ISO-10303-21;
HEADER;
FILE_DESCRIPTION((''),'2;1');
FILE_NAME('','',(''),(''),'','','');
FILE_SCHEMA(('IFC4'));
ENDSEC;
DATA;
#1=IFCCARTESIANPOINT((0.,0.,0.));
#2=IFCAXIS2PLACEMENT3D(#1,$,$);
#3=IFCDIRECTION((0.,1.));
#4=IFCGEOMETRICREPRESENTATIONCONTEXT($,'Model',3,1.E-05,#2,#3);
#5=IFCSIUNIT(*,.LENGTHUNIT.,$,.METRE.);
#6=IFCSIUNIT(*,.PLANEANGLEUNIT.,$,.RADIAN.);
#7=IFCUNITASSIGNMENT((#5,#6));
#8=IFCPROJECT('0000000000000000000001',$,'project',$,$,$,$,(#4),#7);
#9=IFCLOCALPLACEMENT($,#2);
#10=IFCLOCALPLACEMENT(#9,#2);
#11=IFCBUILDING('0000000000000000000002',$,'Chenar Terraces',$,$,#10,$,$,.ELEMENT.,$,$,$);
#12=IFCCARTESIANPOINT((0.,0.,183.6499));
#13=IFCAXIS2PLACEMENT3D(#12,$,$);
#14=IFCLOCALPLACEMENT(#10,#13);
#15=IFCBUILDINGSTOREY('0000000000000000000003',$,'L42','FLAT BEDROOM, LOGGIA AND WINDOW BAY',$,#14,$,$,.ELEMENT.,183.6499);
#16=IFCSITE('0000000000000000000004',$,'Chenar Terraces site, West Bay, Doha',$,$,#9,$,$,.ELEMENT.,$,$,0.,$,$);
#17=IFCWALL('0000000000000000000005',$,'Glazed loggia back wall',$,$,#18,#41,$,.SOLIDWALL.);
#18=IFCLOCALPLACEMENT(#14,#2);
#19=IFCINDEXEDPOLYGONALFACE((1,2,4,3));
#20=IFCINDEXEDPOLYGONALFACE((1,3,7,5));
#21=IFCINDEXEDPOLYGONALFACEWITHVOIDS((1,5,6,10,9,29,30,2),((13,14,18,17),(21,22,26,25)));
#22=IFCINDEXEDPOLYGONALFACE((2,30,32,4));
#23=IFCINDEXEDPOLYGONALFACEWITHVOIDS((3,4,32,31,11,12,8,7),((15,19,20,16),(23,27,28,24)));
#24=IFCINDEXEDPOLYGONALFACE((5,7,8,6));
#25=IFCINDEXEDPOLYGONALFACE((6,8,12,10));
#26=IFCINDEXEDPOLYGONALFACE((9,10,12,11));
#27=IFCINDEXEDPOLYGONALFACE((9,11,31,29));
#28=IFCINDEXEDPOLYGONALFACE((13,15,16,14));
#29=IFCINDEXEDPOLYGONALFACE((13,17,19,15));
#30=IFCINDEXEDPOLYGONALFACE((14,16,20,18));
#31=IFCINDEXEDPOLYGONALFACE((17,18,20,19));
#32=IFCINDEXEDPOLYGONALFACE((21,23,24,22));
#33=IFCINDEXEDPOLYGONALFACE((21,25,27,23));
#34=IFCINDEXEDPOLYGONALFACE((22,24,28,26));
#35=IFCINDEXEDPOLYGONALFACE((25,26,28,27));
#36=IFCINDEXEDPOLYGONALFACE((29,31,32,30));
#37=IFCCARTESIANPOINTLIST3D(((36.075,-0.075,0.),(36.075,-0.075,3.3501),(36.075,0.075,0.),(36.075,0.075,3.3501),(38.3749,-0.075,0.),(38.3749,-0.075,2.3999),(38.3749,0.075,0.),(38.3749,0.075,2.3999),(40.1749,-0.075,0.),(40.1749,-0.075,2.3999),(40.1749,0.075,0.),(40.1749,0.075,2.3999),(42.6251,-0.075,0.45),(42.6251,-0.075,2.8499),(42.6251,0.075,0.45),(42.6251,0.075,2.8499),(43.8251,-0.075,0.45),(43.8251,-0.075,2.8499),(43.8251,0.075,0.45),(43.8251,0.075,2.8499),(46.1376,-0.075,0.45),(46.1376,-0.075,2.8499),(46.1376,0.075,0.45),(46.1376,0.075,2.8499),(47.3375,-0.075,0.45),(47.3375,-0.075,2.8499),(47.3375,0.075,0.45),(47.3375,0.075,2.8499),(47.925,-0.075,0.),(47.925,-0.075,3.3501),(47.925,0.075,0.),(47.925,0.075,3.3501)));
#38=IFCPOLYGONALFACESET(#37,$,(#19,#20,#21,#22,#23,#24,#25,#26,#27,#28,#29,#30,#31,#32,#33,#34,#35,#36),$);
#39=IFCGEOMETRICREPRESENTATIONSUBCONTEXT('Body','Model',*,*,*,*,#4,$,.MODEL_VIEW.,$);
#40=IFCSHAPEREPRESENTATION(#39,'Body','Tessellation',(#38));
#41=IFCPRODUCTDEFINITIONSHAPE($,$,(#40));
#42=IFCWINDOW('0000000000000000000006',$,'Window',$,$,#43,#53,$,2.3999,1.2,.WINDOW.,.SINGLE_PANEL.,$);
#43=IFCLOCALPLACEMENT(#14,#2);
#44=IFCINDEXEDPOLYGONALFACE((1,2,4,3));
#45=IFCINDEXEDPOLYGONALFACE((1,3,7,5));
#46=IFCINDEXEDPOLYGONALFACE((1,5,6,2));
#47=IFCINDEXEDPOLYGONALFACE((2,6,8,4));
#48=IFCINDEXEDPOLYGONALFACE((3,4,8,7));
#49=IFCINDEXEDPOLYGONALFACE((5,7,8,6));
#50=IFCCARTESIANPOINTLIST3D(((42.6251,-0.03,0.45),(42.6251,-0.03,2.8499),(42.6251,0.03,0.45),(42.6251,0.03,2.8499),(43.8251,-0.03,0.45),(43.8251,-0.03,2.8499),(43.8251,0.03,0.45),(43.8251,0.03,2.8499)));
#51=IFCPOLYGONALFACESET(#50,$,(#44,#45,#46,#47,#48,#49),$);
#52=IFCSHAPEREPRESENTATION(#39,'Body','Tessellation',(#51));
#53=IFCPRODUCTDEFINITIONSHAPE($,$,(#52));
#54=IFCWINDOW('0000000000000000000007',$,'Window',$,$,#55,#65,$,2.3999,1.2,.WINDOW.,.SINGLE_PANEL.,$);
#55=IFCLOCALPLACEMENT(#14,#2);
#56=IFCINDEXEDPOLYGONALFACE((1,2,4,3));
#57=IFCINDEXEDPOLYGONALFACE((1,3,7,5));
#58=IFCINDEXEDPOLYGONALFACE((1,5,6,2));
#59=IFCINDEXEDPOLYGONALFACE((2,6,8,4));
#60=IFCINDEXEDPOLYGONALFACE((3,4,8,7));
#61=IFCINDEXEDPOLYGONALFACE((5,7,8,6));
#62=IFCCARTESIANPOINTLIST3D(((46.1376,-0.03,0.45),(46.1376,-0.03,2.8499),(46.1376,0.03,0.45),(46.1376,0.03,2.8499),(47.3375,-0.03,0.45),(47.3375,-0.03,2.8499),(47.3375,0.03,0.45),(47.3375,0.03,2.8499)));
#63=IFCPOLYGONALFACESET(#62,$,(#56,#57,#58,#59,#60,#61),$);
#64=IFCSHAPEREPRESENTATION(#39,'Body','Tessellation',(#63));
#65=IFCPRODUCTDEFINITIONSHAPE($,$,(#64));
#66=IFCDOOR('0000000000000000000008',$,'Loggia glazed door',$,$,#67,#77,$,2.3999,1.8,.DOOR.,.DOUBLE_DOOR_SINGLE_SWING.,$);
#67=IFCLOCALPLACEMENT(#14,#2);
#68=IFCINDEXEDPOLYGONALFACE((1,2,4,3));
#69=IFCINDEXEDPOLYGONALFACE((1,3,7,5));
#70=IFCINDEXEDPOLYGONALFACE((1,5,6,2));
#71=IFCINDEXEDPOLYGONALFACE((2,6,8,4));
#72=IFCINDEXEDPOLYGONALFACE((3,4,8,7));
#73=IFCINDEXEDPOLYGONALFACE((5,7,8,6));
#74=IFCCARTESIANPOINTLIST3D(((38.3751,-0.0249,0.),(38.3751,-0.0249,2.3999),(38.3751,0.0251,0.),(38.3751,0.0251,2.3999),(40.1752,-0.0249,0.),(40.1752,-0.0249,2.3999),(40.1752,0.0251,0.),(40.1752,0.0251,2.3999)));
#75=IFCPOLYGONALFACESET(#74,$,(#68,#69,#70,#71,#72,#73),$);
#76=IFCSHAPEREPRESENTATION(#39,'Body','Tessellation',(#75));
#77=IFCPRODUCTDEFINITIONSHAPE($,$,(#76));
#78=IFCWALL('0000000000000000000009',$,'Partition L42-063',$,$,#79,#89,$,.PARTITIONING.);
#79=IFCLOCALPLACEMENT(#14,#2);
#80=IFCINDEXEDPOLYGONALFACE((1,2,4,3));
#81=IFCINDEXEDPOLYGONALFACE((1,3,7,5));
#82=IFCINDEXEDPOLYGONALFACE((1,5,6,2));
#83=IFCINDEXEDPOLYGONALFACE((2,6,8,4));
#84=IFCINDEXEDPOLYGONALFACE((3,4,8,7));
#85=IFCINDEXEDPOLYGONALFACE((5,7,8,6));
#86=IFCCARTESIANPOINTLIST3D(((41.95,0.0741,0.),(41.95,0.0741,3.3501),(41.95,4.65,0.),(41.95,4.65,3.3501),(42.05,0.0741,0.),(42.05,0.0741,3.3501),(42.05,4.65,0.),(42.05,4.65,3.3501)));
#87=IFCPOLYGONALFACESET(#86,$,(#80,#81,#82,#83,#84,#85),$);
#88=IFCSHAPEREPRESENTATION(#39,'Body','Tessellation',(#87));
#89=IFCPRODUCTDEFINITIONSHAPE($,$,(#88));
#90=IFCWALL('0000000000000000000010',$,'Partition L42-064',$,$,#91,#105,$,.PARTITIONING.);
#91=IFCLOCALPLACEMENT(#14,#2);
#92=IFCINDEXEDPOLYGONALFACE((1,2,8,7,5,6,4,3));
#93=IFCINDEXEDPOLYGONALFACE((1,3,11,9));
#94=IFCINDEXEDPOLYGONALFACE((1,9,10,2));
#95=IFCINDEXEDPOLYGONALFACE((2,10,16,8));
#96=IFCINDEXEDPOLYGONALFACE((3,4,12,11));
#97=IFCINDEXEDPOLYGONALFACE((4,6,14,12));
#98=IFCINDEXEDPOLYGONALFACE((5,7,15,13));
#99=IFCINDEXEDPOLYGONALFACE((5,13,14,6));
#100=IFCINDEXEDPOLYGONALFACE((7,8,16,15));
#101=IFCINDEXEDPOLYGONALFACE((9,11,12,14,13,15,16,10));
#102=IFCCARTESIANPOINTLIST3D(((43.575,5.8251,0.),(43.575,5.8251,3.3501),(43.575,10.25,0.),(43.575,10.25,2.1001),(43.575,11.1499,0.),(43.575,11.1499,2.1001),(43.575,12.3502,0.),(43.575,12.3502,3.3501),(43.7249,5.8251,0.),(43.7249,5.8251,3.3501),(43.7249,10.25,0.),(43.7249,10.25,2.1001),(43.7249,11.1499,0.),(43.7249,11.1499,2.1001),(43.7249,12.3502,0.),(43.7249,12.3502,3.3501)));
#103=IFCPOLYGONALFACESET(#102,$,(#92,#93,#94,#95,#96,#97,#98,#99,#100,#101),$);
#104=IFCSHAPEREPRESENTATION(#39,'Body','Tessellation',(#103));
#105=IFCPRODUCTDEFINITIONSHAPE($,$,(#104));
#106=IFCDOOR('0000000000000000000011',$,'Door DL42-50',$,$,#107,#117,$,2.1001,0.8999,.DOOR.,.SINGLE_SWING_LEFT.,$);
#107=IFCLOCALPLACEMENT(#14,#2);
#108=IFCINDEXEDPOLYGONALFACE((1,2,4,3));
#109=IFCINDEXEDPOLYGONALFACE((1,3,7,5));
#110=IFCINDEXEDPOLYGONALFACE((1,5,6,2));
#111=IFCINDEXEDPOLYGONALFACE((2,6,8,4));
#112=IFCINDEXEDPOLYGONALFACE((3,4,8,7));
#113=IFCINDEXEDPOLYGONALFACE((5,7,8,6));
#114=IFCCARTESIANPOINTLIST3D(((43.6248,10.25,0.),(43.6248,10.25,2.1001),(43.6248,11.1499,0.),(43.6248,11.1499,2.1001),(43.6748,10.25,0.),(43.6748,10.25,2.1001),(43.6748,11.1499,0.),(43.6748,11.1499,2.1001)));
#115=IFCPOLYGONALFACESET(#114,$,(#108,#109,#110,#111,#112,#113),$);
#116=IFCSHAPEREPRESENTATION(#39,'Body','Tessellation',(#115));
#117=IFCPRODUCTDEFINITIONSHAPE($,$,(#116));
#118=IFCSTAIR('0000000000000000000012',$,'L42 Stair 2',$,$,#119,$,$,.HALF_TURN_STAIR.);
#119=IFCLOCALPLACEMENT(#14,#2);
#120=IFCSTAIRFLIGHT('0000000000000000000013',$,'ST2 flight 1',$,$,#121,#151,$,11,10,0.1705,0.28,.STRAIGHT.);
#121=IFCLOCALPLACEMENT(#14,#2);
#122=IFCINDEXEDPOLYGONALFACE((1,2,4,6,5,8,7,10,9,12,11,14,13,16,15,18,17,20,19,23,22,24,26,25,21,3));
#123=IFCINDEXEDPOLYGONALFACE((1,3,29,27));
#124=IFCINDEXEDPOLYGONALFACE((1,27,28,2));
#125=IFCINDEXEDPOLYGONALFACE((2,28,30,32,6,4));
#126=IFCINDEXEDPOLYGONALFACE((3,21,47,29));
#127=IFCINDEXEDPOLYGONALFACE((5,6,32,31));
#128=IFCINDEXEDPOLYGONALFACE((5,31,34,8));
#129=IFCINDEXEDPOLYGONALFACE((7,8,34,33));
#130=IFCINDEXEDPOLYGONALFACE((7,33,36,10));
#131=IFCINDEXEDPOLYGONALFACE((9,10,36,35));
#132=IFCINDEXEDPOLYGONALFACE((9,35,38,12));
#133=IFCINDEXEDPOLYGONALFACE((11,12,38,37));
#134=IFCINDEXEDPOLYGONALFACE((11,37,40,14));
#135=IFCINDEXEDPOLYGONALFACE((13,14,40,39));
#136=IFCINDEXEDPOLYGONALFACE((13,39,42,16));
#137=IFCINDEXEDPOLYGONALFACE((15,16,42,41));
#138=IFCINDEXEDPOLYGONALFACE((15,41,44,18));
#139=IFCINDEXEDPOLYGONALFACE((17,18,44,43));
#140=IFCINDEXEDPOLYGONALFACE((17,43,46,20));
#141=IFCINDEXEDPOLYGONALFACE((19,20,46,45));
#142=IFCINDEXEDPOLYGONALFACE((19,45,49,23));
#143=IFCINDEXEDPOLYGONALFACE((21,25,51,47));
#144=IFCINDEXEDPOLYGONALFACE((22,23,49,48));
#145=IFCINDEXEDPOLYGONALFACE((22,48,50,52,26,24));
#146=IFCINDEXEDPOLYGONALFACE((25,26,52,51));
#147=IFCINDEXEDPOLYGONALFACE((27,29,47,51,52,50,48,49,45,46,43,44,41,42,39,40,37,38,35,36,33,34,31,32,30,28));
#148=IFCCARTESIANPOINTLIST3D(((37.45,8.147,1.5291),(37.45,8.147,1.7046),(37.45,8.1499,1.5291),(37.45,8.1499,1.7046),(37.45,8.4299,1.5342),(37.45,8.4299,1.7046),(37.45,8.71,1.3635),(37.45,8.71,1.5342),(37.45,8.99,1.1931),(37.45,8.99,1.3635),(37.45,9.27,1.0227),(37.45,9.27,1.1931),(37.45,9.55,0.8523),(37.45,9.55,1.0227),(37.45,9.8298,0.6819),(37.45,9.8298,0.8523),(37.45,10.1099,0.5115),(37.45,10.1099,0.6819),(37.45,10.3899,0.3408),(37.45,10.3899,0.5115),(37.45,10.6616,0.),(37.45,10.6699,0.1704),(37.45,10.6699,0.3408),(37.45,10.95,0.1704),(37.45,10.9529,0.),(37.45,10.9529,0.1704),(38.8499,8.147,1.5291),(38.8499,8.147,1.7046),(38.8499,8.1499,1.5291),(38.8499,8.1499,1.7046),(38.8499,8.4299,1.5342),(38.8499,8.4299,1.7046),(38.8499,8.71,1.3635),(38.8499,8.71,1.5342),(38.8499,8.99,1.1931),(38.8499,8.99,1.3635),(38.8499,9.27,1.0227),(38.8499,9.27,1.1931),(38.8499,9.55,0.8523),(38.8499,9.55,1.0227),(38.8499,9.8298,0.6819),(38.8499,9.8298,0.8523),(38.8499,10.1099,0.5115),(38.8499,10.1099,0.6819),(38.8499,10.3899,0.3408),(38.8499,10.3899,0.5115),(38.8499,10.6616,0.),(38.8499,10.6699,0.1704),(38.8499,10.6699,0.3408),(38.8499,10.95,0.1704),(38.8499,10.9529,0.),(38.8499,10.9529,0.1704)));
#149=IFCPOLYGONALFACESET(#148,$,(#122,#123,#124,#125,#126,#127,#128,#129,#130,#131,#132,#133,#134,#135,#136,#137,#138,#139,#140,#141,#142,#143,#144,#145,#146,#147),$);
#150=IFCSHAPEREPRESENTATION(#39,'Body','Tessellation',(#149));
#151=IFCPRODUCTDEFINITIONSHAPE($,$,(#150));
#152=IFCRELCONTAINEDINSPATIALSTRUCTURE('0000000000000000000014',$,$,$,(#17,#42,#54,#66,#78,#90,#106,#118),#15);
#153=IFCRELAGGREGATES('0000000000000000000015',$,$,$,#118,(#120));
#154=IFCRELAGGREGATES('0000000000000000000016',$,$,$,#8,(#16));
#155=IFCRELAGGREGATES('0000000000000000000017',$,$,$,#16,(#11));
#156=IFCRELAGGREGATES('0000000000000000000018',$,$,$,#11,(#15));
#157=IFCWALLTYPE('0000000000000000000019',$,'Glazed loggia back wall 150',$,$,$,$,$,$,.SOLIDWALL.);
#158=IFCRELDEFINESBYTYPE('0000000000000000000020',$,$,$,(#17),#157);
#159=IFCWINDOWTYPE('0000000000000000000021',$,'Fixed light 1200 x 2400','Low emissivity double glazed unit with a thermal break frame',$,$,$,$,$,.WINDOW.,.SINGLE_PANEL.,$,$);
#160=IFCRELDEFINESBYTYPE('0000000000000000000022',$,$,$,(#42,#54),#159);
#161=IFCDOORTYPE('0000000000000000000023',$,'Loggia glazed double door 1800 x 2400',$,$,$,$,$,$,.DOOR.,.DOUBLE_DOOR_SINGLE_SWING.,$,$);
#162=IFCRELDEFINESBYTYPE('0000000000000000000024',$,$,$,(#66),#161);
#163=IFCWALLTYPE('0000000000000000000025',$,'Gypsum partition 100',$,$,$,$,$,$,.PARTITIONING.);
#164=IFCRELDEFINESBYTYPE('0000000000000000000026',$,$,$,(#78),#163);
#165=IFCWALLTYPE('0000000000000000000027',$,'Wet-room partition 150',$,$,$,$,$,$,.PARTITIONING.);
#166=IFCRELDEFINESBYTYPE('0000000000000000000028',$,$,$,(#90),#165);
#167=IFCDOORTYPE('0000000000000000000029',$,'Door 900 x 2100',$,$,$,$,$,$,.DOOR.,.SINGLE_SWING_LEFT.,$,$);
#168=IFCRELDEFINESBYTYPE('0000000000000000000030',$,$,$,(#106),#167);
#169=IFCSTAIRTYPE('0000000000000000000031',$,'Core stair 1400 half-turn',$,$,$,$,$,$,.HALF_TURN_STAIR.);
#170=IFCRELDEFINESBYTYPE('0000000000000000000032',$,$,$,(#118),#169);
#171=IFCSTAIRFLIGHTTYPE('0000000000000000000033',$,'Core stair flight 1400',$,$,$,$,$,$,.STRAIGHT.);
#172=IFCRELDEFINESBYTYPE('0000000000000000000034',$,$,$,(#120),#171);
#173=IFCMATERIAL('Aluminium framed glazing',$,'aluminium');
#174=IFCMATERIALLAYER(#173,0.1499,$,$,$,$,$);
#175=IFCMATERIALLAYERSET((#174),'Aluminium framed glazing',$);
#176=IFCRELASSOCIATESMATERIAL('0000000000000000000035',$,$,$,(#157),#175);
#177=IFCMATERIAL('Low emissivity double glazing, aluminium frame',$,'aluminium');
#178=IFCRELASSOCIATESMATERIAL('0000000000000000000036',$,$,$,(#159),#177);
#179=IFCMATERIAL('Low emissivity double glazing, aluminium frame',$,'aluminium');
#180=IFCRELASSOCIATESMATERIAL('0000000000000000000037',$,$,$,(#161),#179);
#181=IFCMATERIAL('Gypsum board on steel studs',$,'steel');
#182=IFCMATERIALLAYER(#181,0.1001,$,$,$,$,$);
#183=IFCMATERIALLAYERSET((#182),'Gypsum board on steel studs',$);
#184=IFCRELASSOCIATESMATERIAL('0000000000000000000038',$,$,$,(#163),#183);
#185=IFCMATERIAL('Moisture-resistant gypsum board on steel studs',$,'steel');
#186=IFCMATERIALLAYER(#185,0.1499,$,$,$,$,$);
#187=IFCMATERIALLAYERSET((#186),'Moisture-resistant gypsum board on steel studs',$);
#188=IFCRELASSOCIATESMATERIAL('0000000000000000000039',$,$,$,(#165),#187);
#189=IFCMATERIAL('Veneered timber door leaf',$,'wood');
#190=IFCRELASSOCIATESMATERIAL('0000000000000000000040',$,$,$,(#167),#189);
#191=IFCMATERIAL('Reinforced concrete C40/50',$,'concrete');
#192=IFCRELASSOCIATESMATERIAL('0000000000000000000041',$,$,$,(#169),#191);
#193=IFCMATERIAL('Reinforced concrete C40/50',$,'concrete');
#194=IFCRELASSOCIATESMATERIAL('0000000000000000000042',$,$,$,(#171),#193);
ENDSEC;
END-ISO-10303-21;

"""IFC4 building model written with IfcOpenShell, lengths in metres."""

from ifc_helpers import new_model, si_unit, direction, frame, frame_2d, origin, place, context, subcontext, project, spatial, polyline, rectangle, outline, extrude, material, layer, layer_set, type_object, element, fill, aggregate, save


model = new_model("IFC4")

# Units and contexts
model_context = context("Model", 3, precision=1e-05, world=origin(), true_north=direction((0.0, 1.0)))
body_context = subcontext(model_context, "Body", "Model", "MODEL_VIEW")
ifc_project = project(units=[si_unit("LENGTHUNIT", "METRE"), si_unit("PLANEANGLEUNIT", "RADIAN")], contexts=[model_context])

# Site, building, storey
site_placement = place(None, origin())
site = spatial("IfcSite", under=ifc_project, at=site_placement, Name="Chenar Terraces site, West Bay, Doha", CompositionType="ELEMENT", RefElevation=0.0)
building_placement = place(site_placement, origin())
building = spatial("IfcBuilding", under=site, at=building_placement, Name="Chenar Terraces", CompositionType="ELEMENT")
storey_placement = place(building_placement, frame((0.0, 0.0, 183.6499)))
storey = spatial("IfcBuildingStorey", under=building, at=storey_placement, Name="L42", Description="FLAT BEDROOM, LOGGIA AND WINDOW BAY", CompositionType="ELEMENT", Elevation=183.6499)

# Wall, openings, windows, door
ifc_material_1 = material(Name="Aluminium framed glazing", Category="aluminium")
ifc_layer_1 = layer(ifc_material_1, 0.1499)
ifc_layer_set_1 = layer_set([ifc_layer_1], Name="Aluminium framed glazing")
wall_type_1 = type_object("IfcWallType", Name="Glazed loggia back wall 150", PredefinedType="SOLIDWALL", material=ifc_layer_set_1)
wall_1_placement = place(storey_placement, frame((36.075, 0.0, 0.0), z_axis=(0.0, 0.0, 1.0), x_axis=(1.0, 0.0, 0.0)))
wall_1 = element("IfcWall", 1, at=wall_1_placement, inside=storey, type_object=wall_type_1, Name="Glazed loggia back wall", PredefinedType="SOLIDWALL", context=body_context, shape_type="SweptSolid", body=[
    extrude(rectangle(XDim=11.8501, YDim=0.1499, at=frame_2d((5.925, 0.0))), origin(), (0.0, 0.0, 1.0), 3.3501),
])
opening_1_placement = place(wall_1_placement, frame((2.3, 0.0, 0.0)))
opening_1 = element("IfcOpeningElement", 2, at=opening_1_placement, cuts=wall_1, PredefinedType="OPENING", context=body_context, shape_type="SweptSolid", body=[
    extrude(rectangle(XDim=1.8, YDim=2.3999, at=frame_2d((0.8999, 1.2))), frame((0.0, 0.085, 0.0), z_axis=(0.0, -1.0, 0.0), x_axis=(1.0, 0.0, 0.0)), (0.0, 0.0, 1.0), 0.1699),
])
opening_2_placement = place(wall_1_placement, frame((6.55, 0.0, 0.45)))
opening_2 = element("IfcOpeningElement", 3, at=opening_2_placement, cuts=wall_1, PredefinedType="OPENING", context=body_context, shape_type="SweptSolid", body=[
    extrude(rectangle(XDim=1.2, YDim=2.3999, at=frame_2d((0.6001, 1.2))), frame((0.0, 0.085, 0.0), z_axis=(0.0, -1.0, 0.0), x_axis=(1.0, 0.0, 0.0)), (0.0, 0.0, 1.0), 0.1699),
])
opening_3_placement = place(wall_1_placement, frame((10.0625, 0.0, 0.45)))
opening_3 = element("IfcOpeningElement", 4, at=opening_3_placement, cuts=wall_1, PredefinedType="OPENING", context=body_context, shape_type="SweptSolid", body=[
    extrude(rectangle(XDim=1.2, YDim=2.3999, at=frame_2d((0.6001, 1.2))), frame((0.0, 0.085, 0.0), z_axis=(0.0, -1.0, 0.0), x_axis=(1.0, 0.0, 0.0)), (0.0, 0.0, 1.0), 0.1699),
])
ifc_material_2 = material(Name="Low emissivity double glazing, aluminium frame", Category="aluminium")
window_type = type_object("IfcWindowType", Name="Fixed light 1200 x 2400", Description="Low emissivity double glazed unit with a thermal break frame", PartitioningType="SINGLE_PANEL", PredefinedType="WINDOW", material=ifc_material_2)
window_1_placement = place(opening_2_placement, origin())
window_1 = element("IfcWindow", 5, at=window_1_placement, inside=storey, type_object=window_type, Name="Window", OverallHeight=2.3999, OverallWidth=1.2, PartitioningType="SINGLE_PANEL", PredefinedType="WINDOW", context=body_context, shape_type="SweptSolid", body=[
    extrude(rectangle(XDim=1.2, YDim=2.3999, at=frame_2d((0.6001, 1.2))), frame((0.0, 0.03, 0.0), z_axis=(0.0, -1.0, 0.0), x_axis=(1.0, 0.0, 0.0)), (0.0, 0.0, 1.0), 0.0601),
])
fill(opening_2, window_1)
window_2_placement = place(opening_3_placement, origin())
window_2 = element("IfcWindow", 6, at=window_2_placement, inside=storey, type_object=window_type, Name="Window", OverallHeight=2.3999, OverallWidth=1.2, PartitioningType="SINGLE_PANEL", PredefinedType="WINDOW", context=body_context, shape_type="SweptSolid", body=[
    extrude(rectangle(XDim=1.2, YDim=2.3999, at=frame_2d((0.6001, 1.2))), frame((0.0, 0.03, 0.0), z_axis=(0.0, -1.0, 0.0), x_axis=(1.0, 0.0, 0.0)), (0.0, 0.0, 1.0), 0.0601),
])
fill(opening_3, window_2)
ifc_material_3 = material(Name="Low emissivity double glazing, aluminium frame", Category="aluminium")
door_type_1 = type_object("IfcDoorType", Name="Loggia glazed double door 1800 x 2400", OperationType="DOUBLE_DOOR_SINGLE_SWING", PredefinedType="DOOR", material=ifc_material_3)
door_1_placement = place(opening_1_placement, frame((1.8, 0.0, 0.0), z_axis=(0.0, 0.0, 1.0), x_axis=(-1.0, 0.0, 0.0)))
door_1 = element("IfcDoor", 7, at=door_1_placement, inside=storey, type_object=door_type_1, Name="Loggia glazed door", OperationType="DOUBLE_DOOR_SINGLE_SWING", OverallHeight=2.3999, OverallWidth=1.8, PredefinedType="DOOR", context=body_context, shape_type="SweptSolid", body=[
    extrude(rectangle(XDim=1.8, YDim=2.3999, at=frame_2d((0.8999, 1.2))), frame((0.0, 0.0249, 0.0), z_axis=(0.0, -1.0, 0.0), x_axis=(1.0, 0.0, 0.0)), (0.0, 0.0, 1.0), 0.05),
])
fill(opening_1, door_1)

# Wall
ifc_material_4 = material(Name="Gypsum board on steel studs", Category="steel")
ifc_layer_2 = layer(ifc_material_4, 0.1001)
ifc_layer_set_2 = layer_set([ifc_layer_2], Name="Gypsum board on steel studs")
wall_type_2 = type_object("IfcWallType", Name="Gypsum partition 100", PredefinedType="PARTITIONING", material=ifc_layer_set_2)
wall_2_placement = place(storey_placement, frame((42.0, 0.074, 0.0), z_axis=(0.0, 0.0, 1.0), x_axis=(0.0, 1.0, 0.0)))
element("IfcWall", 8, at=wall_2_placement, inside=storey, type_object=wall_type_2, Name="Partition L42-063", PredefinedType="PARTITIONING", context=body_context, shape_type="SweptSolid", body=[
    extrude(rectangle(XDim=4.5759, YDim=0.1001, at=frame_2d((2.2881, 0.0))), origin(), (0.0, 0.0, 1.0), 3.3501),
])

# Wall, opening, door
ifc_material_5 = material(Name="Moisture-resistant gypsum board on steel studs", Category="steel")
ifc_layer_3 = layer(ifc_material_5, 0.1499)
ifc_layer_set_3 = layer_set([ifc_layer_3], Name="Moisture-resistant gypsum board on steel studs")
wall_type_3 = type_object("IfcWallType", Name="Wet-room partition 150", PredefinedType="PARTITIONING", material=ifc_layer_set_3)
wall_3_placement = place(storey_placement, frame((43.6499, 5.825, 0.0), z_axis=(0.0, 0.0, 1.0), x_axis=(0.0, 1.0, 0.0)))
wall_3 = element("IfcWall", 9, at=wall_3_placement, inside=storey, type_object=wall_type_3, Name="Partition L42-064", PredefinedType="PARTITIONING", context=body_context, shape_type="SweptSolid", body=[
    extrude(rectangle(XDim=6.5251, YDim=0.1499, at=frame_2d((3.2627, 0.0))), origin(), (0.0, 0.0, 1.0), 3.3501),
])
opening_4_placement = place(wall_3_placement, frame((4.425, 0.0, 0.0)))
opening_4 = element("IfcOpeningElement", 10, at=opening_4_placement, cuts=wall_3, PredefinedType="OPENING", context=body_context, shape_type="SweptSolid", body=[
    extrude(rectangle(XDim=0.8999, YDim=2.1001, at=frame_2d((0.45, 1.05))), frame((0.0, 0.085, 0.0), z_axis=(0.0, -1.0, 0.0), x_axis=(1.0, 0.0, 0.0)), (0.0, 0.0, 1.0), 0.1699),
])
ifc_material_6 = material(Name="Veneered timber door leaf", Category="wood")
door_type_2 = type_object("IfcDoorType", Name="Door 900 x 2100", OperationType="SINGLE_SWING_LEFT", PredefinedType="DOOR", material=ifc_material_6)
door_2_placement = place(opening_4_placement, frame((0.8999, 0.0, 0.0), z_axis=(0.0, 0.0, 1.0), x_axis=(-1.0, 0.0, 0.0)))
door_2 = element("IfcDoor", 11, at=door_2_placement, inside=storey, type_object=door_type_2, Name="Door DL42-50", OperationType="SINGLE_SWING_LEFT", OverallHeight=2.1001, OverallWidth=0.8999, PredefinedType="DOOR", context=body_context, shape_type="SweptSolid", body=[
    extrude(rectangle(XDim=0.8999, YDim=2.1001, at=frame_2d((0.45, 1.05))), frame((0.0, 0.0249, 0.0), z_axis=(0.0, -1.0, 0.0), x_axis=(1.0, 0.0, 0.0)), (0.0, 0.0, 1.0), 0.05),
])
fill(opening_4, door_2)

# Stair, stair flight
ifc_material_7 = material(Name="Reinforced concrete C40/50", Category="concrete")
stair_type = type_object("IfcStairType", Name="Core stair 1400 half-turn", PredefinedType="HALF_TURN_STAIR", material=ifc_material_7)
stair_placement = place(storey_placement, origin())
stair = element("IfcStair", 12, at=stair_placement, inside=storey, type_object=stair_type, Name="L42 Stair 2", PredefinedType="HALF_TURN_STAIR")
ifc_material_8 = material(Name="Reinforced concrete C40/50", Category="concrete")
stair_flight_type = type_object("IfcStairFlightType", Name="Core stair flight 1400", PredefinedType="STRAIGHT", material=ifc_material_8)
stair_flight_1_placement = place(storey_placement, frame((38.1499, 10.95, 0.0), z_axis=(0.0, 0.0, 1.0), x_axis=(0.0, -1.0, 0.0)))
stair_flight_1 = element("IfcStairFlight", 13, at=stair_flight_1_placement, type_object=stair_flight_type, Name="ST2 flight 1", NumberOfRisers=11, NumberOfTreads=10, PredefinedType="STRAIGHT", RiserHeight=0.1705, TreadLength=0.28, context=body_context, shape_type="SweptSolid", body=[
    extrude(outline(polyline([(-0.0029, 0.0), (-0.0029, 0.1704), (0.0, 0.1704), (0.28, 0.1704), (0.28, 0.3408), (0.5601, 0.3408), (0.5601, 0.5115), (0.8401, 0.5115), (0.8401, 0.6819), (1.1201, 0.6819), (1.1201, 0.8523), (1.3999, 0.8523), (1.3999, 1.0227), (1.6799, 1.0227), (1.6799, 1.1931), (1.96, 1.1931), (1.96, 1.3635), (2.24, 1.3635), (2.24, 1.5342), (2.52, 1.5342), (2.52, 1.7046), (2.8, 1.7046), (2.803, 1.7046), (2.803, 1.5291), (2.8, 1.5291), (0.2883, 0.0), (-0.0029, 0.0)])), frame((0.0, 0.7, 0.0), z_axis=(0.0, -1.0, 0.0), x_axis=(1.0, 0.0, 0.0)), (0.0, 0.0, 1.0), 1.3999),
])
aggregate(stair, [stair_flight_1])

save(model, "model.ifc")
